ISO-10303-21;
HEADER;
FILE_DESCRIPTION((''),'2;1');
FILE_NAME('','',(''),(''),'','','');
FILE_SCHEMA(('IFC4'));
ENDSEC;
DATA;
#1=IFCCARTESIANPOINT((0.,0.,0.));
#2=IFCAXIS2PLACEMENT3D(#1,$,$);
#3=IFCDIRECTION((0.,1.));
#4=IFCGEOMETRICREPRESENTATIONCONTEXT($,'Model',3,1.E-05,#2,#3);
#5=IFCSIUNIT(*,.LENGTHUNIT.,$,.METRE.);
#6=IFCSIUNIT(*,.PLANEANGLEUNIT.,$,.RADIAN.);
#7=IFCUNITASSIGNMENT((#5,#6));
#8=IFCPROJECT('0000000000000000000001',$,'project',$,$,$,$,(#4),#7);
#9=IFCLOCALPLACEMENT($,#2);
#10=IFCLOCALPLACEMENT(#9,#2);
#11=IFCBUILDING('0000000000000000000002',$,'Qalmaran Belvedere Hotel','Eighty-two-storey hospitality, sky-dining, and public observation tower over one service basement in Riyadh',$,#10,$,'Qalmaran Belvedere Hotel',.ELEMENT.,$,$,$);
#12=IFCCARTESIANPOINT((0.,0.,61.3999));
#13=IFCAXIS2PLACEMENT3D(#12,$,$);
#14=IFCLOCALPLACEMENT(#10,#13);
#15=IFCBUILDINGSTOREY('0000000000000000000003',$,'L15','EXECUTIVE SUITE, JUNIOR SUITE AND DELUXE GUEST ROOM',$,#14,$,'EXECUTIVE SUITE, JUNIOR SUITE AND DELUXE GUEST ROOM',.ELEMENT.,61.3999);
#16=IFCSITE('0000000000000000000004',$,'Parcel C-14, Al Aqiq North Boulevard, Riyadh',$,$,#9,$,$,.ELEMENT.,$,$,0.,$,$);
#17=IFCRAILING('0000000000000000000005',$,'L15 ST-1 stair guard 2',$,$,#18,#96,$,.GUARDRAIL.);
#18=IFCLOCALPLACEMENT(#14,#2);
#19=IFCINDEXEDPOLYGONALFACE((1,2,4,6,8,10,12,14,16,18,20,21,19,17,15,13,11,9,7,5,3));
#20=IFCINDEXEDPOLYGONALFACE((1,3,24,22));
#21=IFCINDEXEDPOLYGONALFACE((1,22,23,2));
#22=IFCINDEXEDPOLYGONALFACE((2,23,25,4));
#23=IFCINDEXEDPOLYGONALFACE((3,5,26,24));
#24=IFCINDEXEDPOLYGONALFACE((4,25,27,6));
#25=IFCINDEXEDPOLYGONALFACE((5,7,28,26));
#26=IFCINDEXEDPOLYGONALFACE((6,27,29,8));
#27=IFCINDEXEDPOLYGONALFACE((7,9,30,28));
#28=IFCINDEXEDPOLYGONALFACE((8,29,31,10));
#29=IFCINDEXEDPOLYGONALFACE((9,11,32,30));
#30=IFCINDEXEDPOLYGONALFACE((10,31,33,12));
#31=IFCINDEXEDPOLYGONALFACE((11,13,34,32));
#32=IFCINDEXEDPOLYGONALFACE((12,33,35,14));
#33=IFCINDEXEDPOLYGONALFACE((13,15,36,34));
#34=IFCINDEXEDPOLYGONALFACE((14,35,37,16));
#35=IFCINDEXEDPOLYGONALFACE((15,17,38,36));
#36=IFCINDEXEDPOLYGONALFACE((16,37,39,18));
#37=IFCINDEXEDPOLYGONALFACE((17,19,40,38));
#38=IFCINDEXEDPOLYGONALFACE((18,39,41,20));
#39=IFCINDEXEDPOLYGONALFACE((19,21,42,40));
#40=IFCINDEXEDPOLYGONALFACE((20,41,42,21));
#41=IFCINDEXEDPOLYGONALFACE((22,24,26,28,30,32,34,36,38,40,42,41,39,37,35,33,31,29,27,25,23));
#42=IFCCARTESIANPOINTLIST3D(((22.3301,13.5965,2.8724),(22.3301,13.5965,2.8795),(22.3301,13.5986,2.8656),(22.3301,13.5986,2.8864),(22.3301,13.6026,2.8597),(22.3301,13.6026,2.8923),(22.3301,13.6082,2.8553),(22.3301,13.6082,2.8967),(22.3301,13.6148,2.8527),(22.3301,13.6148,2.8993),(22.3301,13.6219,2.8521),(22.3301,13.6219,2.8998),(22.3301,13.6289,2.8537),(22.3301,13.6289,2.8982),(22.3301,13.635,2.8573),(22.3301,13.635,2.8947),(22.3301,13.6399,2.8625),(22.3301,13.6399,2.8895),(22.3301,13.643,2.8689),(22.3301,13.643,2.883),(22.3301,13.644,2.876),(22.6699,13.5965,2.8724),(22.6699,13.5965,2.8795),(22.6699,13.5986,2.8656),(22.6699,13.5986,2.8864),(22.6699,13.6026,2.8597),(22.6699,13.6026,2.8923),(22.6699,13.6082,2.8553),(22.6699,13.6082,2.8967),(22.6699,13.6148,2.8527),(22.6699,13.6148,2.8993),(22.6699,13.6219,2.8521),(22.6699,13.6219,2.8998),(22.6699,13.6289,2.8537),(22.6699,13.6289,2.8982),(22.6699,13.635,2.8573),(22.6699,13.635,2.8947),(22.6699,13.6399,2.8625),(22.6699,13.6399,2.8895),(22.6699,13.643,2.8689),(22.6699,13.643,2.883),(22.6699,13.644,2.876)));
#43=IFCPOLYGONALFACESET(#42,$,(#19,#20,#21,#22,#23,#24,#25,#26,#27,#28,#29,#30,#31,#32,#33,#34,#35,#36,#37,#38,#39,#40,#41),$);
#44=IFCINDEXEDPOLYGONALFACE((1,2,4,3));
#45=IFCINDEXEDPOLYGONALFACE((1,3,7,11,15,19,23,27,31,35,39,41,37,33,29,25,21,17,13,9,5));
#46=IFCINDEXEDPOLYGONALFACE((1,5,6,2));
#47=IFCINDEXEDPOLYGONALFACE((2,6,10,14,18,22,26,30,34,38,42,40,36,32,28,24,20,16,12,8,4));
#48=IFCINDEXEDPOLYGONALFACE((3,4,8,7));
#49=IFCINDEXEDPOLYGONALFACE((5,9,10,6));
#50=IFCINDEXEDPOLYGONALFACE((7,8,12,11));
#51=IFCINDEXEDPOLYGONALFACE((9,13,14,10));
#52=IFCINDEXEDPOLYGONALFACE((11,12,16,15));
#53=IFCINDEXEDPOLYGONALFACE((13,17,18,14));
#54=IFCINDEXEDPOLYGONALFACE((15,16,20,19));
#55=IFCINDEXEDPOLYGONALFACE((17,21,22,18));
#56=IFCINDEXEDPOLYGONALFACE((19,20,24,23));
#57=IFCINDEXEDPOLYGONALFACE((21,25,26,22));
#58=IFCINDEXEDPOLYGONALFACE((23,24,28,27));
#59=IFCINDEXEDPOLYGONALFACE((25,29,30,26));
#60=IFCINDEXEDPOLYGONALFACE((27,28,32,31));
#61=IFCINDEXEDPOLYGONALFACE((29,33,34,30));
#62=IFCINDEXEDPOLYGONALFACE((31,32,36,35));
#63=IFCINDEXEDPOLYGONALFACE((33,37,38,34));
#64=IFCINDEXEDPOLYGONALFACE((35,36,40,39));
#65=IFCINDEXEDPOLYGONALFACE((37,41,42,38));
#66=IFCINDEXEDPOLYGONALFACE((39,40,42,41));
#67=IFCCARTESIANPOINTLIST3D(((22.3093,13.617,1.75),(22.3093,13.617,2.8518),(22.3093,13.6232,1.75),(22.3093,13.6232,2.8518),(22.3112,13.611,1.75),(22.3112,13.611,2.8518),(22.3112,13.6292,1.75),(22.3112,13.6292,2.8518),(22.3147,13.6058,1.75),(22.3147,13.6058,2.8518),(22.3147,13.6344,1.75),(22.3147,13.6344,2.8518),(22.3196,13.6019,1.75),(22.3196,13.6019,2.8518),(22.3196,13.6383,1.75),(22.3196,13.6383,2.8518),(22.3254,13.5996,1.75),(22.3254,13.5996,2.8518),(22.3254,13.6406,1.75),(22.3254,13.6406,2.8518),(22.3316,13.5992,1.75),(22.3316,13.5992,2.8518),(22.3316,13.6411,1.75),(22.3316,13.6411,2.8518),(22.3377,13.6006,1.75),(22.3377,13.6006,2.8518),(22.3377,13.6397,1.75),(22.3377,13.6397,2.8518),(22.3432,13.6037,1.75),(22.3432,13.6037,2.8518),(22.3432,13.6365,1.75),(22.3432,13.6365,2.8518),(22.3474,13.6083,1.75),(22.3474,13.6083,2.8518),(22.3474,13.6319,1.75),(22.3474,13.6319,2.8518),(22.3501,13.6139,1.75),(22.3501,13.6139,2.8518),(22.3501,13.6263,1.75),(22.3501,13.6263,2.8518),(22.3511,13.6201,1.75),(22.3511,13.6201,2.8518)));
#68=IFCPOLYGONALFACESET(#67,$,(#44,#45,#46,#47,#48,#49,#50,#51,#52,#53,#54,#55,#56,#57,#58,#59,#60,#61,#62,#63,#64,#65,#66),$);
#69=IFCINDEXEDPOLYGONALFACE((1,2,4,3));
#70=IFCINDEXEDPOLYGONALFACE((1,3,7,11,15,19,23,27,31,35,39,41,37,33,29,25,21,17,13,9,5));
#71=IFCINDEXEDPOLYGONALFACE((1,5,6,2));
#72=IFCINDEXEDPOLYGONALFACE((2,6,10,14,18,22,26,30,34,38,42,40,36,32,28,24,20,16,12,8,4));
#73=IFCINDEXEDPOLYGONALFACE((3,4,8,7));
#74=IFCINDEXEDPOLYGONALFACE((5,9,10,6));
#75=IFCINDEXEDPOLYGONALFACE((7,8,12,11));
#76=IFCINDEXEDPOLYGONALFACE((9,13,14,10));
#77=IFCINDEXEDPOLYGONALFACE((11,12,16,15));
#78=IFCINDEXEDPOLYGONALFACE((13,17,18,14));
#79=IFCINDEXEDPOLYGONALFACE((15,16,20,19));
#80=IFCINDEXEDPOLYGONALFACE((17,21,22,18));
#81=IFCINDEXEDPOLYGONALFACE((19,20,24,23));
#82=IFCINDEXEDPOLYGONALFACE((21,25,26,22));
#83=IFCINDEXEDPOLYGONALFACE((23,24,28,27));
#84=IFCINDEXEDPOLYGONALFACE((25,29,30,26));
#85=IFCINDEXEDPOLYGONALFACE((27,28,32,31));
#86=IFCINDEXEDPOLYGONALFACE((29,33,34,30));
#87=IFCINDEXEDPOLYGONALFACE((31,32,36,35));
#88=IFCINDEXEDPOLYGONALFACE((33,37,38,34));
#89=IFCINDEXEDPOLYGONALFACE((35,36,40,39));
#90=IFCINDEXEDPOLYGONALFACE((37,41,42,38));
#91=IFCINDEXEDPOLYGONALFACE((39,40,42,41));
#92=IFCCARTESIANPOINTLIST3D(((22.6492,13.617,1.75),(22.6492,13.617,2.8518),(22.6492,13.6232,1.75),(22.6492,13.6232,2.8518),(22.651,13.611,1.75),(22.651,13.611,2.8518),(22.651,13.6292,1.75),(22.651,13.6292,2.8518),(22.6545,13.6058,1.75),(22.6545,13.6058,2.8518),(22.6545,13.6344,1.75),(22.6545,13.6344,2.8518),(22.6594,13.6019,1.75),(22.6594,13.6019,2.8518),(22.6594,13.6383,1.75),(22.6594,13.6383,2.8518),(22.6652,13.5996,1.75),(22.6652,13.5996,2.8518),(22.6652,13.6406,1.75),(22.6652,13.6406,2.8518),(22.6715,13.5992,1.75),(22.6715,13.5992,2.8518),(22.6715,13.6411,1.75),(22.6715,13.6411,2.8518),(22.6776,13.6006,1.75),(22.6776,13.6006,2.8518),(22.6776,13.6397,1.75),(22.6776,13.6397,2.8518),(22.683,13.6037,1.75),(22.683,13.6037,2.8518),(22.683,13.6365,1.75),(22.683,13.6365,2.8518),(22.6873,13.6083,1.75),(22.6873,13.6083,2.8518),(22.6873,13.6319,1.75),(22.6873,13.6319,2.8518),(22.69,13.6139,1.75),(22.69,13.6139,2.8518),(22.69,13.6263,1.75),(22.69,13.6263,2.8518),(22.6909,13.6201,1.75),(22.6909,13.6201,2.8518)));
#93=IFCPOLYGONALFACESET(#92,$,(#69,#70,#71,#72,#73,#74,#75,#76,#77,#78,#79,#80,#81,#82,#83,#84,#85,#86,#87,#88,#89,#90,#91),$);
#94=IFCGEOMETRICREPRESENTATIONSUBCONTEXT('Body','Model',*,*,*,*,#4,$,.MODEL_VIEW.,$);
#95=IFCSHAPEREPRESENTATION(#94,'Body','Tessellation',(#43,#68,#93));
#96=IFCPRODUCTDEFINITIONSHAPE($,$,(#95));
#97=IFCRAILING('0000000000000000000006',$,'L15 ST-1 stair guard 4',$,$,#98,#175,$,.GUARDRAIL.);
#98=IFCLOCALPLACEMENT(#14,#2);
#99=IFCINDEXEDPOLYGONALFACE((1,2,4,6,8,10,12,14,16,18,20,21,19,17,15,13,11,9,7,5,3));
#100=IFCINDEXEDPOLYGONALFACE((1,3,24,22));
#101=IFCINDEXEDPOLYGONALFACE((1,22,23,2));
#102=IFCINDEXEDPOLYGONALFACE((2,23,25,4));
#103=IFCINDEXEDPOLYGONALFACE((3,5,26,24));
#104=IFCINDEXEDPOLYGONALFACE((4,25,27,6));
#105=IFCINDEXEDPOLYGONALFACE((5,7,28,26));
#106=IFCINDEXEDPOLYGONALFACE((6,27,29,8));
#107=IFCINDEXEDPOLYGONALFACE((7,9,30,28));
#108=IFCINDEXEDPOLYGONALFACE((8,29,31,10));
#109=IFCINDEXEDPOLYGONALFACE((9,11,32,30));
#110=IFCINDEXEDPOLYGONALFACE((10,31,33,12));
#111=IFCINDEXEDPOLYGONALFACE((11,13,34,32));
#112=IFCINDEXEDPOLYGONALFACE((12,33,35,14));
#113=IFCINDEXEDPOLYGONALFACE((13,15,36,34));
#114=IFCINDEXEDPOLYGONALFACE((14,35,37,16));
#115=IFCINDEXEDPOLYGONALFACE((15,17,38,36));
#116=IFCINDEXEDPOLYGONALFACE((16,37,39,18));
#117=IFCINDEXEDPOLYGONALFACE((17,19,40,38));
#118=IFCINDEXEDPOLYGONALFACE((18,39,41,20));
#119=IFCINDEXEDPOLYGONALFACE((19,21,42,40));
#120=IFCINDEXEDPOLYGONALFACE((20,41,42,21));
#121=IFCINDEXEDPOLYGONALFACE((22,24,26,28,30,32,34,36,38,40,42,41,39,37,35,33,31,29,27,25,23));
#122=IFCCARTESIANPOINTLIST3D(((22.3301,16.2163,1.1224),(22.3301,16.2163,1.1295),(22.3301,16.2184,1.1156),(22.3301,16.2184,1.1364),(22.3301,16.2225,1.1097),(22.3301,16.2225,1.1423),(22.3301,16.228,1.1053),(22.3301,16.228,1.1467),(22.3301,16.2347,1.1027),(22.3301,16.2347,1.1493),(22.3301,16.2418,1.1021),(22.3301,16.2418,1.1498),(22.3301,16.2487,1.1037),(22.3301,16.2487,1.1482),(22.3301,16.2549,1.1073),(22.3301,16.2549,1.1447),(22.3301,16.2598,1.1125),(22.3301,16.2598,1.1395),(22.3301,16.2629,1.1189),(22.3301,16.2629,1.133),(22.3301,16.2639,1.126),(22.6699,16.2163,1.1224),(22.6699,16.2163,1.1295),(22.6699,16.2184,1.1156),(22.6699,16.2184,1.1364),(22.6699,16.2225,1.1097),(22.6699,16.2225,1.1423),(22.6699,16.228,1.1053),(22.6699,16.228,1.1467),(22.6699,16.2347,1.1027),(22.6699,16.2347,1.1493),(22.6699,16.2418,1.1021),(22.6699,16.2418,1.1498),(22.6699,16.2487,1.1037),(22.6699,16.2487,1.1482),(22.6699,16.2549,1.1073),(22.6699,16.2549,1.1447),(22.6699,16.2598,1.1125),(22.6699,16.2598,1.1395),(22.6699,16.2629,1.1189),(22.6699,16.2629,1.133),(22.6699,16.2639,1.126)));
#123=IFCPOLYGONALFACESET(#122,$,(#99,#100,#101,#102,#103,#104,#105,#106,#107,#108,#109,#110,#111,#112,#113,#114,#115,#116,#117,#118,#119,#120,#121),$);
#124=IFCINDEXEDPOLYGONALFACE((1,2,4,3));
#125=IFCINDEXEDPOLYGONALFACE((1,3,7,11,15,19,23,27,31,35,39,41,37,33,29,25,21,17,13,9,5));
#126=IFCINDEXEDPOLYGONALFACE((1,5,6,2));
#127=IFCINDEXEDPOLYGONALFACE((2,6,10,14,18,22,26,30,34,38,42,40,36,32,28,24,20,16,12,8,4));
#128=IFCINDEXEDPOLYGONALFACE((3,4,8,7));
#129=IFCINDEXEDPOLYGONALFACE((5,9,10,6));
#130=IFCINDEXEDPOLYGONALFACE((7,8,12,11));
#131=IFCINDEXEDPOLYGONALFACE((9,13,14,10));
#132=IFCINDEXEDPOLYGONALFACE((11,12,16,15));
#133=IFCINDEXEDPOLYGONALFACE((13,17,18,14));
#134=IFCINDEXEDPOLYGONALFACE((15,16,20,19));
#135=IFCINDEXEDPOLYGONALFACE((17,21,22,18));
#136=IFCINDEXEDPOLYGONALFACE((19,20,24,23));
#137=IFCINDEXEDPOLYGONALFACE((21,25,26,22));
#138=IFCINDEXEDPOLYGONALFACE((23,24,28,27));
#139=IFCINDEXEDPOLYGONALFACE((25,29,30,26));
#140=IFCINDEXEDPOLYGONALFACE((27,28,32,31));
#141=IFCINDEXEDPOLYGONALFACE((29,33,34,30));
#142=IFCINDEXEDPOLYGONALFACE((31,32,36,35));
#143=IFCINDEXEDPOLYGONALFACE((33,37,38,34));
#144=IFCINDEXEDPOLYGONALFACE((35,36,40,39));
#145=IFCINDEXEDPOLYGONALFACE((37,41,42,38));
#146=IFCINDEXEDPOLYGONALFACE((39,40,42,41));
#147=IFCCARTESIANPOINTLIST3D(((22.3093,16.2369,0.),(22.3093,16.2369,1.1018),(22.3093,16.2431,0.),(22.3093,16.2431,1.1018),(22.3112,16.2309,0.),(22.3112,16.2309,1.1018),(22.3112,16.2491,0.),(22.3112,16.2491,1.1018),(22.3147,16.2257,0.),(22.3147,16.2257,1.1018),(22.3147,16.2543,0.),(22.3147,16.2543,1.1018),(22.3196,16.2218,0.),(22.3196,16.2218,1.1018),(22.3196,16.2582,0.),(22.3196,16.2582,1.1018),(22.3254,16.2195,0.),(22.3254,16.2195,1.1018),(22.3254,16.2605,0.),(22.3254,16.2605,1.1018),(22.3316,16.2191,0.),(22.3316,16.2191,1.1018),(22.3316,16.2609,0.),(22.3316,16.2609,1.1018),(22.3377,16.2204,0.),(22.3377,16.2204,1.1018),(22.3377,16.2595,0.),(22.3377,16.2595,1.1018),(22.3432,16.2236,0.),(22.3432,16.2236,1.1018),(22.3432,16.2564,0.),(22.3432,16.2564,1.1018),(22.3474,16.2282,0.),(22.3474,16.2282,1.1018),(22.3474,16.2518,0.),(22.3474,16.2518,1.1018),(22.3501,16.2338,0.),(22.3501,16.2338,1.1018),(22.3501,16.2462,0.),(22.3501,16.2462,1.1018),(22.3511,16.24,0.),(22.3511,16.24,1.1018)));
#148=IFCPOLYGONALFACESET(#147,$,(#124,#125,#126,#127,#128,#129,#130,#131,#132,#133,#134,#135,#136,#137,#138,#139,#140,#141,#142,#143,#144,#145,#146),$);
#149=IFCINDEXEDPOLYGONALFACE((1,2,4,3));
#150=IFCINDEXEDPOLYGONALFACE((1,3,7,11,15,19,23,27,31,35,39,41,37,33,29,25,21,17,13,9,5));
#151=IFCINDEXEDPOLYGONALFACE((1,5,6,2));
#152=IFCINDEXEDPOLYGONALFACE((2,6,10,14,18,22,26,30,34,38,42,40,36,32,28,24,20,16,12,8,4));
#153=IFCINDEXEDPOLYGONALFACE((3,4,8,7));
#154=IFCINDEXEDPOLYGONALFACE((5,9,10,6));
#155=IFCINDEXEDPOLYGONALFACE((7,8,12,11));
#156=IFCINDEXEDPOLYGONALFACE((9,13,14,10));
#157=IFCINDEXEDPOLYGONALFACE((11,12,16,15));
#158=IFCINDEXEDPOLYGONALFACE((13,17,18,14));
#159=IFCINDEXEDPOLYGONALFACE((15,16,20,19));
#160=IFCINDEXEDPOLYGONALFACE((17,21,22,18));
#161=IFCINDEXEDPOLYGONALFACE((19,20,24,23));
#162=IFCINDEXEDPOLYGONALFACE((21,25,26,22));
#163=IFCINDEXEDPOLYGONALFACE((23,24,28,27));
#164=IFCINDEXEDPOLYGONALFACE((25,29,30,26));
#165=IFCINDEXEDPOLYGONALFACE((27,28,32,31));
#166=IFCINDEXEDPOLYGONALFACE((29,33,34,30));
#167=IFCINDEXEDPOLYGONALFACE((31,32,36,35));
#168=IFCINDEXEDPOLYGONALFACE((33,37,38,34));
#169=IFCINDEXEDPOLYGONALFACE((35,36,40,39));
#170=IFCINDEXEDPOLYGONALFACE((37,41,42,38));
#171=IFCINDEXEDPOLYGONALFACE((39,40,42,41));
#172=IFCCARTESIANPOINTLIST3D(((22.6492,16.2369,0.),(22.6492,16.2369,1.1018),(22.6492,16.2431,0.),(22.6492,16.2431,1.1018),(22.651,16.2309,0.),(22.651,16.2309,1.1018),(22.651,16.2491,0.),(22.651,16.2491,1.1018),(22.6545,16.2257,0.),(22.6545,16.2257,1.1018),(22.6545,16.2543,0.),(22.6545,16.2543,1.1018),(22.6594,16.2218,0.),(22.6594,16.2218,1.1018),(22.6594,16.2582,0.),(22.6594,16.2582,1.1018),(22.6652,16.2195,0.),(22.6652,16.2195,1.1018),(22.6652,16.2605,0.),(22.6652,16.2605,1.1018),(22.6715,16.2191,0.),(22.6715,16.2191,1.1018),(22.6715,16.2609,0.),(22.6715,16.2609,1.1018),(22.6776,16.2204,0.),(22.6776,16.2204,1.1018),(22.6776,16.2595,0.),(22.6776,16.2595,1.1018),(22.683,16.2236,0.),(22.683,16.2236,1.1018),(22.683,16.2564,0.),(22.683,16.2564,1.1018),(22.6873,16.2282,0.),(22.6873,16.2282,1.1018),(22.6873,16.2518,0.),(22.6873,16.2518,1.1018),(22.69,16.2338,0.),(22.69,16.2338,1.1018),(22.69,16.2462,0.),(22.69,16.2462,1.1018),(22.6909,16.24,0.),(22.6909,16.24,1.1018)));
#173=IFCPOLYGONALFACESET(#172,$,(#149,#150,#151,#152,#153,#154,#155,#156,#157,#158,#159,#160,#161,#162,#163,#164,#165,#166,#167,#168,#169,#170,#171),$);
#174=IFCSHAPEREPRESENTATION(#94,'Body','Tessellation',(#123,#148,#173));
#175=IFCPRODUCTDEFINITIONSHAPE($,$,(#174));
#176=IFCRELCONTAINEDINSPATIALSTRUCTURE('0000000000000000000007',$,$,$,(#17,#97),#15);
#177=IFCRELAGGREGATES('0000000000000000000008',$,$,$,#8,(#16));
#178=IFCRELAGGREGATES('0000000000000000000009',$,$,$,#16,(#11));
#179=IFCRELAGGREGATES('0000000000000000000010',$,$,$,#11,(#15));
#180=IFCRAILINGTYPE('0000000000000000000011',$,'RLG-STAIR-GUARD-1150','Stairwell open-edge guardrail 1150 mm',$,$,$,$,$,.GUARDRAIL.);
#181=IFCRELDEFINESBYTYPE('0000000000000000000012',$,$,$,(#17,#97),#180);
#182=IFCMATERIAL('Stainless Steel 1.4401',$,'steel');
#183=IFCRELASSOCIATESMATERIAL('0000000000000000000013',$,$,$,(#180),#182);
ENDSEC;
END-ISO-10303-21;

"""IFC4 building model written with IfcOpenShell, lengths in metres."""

from ifc_helpers import new_model, si_unit, direction, frame, origin, origin_2d, place, context, subcontext, project, spatial, circle, extrude, material, type_object, element, save


model = new_model("IFC4")

# Units and contexts
model_context = context("Model", 3, precision=1e-05, world=origin(), true_north=direction((0.0, 1.0)))
body_context = subcontext(model_context, "Body", "Model", "MODEL_VIEW")
ifc_project = project(units=[si_unit("LENGTHUNIT", "METRE"), si_unit("PLANEANGLEUNIT", "RADIAN")], contexts=[model_context])

# Site, building, storey
site_placement = place(None, origin())
site = spatial("IfcSite", under=ifc_project, at=site_placement, Name="Parcel C-14, Al Aqiq North Boulevard, Riyadh", CompositionType="ELEMENT", RefElevation=0.0)
building_placement = place(site_placement, origin())
building = spatial("IfcBuilding", under=site, at=building_placement, Name="Qalmaran Belvedere Hotel", Description="Eighty-two-storey hospitality, sky-dining, and public observation tower over one service basement in Riyadh", LongName="Qalmaran Belvedere Hotel", CompositionType="ELEMENT")
storey_placement = place(building_placement, frame((0.0, 0.0, 61.3999)))
storey = spatial("IfcBuildingStorey", under=building, at=storey_placement, Name="L15", Description="EXECUTIVE SUITE, JUNIOR SUITE AND DELUXE GUEST ROOM", LongName="EXECUTIVE SUITE, JUNIOR SUITE AND DELUXE GUEST ROOM", CompositionType="ELEMENT", Elevation=61.3999)

# Shared definitions
ifc_material_1 = material(Name="Stainless Steel 1.4401", Category="steel")

# Railings
railing_type_1 = type_object("IfcRailingType", Name="RLG-STAIR-GUARD-1150", Description="Stairwell open-edge guardrail 1150 mm", PredefinedType="GUARDRAIL", material=ifc_material_1)
for number, where, name in (
    (1, (22.3301, 13.6201, 1.75), "L15 ST-1 stair guard 2"),
    (2, (22.3301, 16.24, 0.0), "L15 ST-1 stair guard 4"),
):
    element("IfcRailing", number, at=place(storey_placement, frame(where)), inside=storey, type_object=railing_type_1, Name=name, PredefinedType="GUARDRAIL", context=body_context, shape_type="SweptSolid", body=[
        extrude(circle(Radius=0.0239, at=origin_2d()), frame((0.0, 0.0, 1.126), z_axis=(1.0, 0.0, 0.0), x_axis=(0.0, 1.0, 0.0)), (0.0, 0.0, 1.0), 0.3398),
        extrude(circle(Radius=0.021, at=origin_2d()), origin(), (0.0, 0.0, 1.0), 1.1018),
        extrude(circle(Radius=0.021, at=origin_2d()), frame((0.3398, 0.0, 0.0)), (0.0, 0.0, 1.0), 1.1018),
    ])

save(model, "model.ifc")
